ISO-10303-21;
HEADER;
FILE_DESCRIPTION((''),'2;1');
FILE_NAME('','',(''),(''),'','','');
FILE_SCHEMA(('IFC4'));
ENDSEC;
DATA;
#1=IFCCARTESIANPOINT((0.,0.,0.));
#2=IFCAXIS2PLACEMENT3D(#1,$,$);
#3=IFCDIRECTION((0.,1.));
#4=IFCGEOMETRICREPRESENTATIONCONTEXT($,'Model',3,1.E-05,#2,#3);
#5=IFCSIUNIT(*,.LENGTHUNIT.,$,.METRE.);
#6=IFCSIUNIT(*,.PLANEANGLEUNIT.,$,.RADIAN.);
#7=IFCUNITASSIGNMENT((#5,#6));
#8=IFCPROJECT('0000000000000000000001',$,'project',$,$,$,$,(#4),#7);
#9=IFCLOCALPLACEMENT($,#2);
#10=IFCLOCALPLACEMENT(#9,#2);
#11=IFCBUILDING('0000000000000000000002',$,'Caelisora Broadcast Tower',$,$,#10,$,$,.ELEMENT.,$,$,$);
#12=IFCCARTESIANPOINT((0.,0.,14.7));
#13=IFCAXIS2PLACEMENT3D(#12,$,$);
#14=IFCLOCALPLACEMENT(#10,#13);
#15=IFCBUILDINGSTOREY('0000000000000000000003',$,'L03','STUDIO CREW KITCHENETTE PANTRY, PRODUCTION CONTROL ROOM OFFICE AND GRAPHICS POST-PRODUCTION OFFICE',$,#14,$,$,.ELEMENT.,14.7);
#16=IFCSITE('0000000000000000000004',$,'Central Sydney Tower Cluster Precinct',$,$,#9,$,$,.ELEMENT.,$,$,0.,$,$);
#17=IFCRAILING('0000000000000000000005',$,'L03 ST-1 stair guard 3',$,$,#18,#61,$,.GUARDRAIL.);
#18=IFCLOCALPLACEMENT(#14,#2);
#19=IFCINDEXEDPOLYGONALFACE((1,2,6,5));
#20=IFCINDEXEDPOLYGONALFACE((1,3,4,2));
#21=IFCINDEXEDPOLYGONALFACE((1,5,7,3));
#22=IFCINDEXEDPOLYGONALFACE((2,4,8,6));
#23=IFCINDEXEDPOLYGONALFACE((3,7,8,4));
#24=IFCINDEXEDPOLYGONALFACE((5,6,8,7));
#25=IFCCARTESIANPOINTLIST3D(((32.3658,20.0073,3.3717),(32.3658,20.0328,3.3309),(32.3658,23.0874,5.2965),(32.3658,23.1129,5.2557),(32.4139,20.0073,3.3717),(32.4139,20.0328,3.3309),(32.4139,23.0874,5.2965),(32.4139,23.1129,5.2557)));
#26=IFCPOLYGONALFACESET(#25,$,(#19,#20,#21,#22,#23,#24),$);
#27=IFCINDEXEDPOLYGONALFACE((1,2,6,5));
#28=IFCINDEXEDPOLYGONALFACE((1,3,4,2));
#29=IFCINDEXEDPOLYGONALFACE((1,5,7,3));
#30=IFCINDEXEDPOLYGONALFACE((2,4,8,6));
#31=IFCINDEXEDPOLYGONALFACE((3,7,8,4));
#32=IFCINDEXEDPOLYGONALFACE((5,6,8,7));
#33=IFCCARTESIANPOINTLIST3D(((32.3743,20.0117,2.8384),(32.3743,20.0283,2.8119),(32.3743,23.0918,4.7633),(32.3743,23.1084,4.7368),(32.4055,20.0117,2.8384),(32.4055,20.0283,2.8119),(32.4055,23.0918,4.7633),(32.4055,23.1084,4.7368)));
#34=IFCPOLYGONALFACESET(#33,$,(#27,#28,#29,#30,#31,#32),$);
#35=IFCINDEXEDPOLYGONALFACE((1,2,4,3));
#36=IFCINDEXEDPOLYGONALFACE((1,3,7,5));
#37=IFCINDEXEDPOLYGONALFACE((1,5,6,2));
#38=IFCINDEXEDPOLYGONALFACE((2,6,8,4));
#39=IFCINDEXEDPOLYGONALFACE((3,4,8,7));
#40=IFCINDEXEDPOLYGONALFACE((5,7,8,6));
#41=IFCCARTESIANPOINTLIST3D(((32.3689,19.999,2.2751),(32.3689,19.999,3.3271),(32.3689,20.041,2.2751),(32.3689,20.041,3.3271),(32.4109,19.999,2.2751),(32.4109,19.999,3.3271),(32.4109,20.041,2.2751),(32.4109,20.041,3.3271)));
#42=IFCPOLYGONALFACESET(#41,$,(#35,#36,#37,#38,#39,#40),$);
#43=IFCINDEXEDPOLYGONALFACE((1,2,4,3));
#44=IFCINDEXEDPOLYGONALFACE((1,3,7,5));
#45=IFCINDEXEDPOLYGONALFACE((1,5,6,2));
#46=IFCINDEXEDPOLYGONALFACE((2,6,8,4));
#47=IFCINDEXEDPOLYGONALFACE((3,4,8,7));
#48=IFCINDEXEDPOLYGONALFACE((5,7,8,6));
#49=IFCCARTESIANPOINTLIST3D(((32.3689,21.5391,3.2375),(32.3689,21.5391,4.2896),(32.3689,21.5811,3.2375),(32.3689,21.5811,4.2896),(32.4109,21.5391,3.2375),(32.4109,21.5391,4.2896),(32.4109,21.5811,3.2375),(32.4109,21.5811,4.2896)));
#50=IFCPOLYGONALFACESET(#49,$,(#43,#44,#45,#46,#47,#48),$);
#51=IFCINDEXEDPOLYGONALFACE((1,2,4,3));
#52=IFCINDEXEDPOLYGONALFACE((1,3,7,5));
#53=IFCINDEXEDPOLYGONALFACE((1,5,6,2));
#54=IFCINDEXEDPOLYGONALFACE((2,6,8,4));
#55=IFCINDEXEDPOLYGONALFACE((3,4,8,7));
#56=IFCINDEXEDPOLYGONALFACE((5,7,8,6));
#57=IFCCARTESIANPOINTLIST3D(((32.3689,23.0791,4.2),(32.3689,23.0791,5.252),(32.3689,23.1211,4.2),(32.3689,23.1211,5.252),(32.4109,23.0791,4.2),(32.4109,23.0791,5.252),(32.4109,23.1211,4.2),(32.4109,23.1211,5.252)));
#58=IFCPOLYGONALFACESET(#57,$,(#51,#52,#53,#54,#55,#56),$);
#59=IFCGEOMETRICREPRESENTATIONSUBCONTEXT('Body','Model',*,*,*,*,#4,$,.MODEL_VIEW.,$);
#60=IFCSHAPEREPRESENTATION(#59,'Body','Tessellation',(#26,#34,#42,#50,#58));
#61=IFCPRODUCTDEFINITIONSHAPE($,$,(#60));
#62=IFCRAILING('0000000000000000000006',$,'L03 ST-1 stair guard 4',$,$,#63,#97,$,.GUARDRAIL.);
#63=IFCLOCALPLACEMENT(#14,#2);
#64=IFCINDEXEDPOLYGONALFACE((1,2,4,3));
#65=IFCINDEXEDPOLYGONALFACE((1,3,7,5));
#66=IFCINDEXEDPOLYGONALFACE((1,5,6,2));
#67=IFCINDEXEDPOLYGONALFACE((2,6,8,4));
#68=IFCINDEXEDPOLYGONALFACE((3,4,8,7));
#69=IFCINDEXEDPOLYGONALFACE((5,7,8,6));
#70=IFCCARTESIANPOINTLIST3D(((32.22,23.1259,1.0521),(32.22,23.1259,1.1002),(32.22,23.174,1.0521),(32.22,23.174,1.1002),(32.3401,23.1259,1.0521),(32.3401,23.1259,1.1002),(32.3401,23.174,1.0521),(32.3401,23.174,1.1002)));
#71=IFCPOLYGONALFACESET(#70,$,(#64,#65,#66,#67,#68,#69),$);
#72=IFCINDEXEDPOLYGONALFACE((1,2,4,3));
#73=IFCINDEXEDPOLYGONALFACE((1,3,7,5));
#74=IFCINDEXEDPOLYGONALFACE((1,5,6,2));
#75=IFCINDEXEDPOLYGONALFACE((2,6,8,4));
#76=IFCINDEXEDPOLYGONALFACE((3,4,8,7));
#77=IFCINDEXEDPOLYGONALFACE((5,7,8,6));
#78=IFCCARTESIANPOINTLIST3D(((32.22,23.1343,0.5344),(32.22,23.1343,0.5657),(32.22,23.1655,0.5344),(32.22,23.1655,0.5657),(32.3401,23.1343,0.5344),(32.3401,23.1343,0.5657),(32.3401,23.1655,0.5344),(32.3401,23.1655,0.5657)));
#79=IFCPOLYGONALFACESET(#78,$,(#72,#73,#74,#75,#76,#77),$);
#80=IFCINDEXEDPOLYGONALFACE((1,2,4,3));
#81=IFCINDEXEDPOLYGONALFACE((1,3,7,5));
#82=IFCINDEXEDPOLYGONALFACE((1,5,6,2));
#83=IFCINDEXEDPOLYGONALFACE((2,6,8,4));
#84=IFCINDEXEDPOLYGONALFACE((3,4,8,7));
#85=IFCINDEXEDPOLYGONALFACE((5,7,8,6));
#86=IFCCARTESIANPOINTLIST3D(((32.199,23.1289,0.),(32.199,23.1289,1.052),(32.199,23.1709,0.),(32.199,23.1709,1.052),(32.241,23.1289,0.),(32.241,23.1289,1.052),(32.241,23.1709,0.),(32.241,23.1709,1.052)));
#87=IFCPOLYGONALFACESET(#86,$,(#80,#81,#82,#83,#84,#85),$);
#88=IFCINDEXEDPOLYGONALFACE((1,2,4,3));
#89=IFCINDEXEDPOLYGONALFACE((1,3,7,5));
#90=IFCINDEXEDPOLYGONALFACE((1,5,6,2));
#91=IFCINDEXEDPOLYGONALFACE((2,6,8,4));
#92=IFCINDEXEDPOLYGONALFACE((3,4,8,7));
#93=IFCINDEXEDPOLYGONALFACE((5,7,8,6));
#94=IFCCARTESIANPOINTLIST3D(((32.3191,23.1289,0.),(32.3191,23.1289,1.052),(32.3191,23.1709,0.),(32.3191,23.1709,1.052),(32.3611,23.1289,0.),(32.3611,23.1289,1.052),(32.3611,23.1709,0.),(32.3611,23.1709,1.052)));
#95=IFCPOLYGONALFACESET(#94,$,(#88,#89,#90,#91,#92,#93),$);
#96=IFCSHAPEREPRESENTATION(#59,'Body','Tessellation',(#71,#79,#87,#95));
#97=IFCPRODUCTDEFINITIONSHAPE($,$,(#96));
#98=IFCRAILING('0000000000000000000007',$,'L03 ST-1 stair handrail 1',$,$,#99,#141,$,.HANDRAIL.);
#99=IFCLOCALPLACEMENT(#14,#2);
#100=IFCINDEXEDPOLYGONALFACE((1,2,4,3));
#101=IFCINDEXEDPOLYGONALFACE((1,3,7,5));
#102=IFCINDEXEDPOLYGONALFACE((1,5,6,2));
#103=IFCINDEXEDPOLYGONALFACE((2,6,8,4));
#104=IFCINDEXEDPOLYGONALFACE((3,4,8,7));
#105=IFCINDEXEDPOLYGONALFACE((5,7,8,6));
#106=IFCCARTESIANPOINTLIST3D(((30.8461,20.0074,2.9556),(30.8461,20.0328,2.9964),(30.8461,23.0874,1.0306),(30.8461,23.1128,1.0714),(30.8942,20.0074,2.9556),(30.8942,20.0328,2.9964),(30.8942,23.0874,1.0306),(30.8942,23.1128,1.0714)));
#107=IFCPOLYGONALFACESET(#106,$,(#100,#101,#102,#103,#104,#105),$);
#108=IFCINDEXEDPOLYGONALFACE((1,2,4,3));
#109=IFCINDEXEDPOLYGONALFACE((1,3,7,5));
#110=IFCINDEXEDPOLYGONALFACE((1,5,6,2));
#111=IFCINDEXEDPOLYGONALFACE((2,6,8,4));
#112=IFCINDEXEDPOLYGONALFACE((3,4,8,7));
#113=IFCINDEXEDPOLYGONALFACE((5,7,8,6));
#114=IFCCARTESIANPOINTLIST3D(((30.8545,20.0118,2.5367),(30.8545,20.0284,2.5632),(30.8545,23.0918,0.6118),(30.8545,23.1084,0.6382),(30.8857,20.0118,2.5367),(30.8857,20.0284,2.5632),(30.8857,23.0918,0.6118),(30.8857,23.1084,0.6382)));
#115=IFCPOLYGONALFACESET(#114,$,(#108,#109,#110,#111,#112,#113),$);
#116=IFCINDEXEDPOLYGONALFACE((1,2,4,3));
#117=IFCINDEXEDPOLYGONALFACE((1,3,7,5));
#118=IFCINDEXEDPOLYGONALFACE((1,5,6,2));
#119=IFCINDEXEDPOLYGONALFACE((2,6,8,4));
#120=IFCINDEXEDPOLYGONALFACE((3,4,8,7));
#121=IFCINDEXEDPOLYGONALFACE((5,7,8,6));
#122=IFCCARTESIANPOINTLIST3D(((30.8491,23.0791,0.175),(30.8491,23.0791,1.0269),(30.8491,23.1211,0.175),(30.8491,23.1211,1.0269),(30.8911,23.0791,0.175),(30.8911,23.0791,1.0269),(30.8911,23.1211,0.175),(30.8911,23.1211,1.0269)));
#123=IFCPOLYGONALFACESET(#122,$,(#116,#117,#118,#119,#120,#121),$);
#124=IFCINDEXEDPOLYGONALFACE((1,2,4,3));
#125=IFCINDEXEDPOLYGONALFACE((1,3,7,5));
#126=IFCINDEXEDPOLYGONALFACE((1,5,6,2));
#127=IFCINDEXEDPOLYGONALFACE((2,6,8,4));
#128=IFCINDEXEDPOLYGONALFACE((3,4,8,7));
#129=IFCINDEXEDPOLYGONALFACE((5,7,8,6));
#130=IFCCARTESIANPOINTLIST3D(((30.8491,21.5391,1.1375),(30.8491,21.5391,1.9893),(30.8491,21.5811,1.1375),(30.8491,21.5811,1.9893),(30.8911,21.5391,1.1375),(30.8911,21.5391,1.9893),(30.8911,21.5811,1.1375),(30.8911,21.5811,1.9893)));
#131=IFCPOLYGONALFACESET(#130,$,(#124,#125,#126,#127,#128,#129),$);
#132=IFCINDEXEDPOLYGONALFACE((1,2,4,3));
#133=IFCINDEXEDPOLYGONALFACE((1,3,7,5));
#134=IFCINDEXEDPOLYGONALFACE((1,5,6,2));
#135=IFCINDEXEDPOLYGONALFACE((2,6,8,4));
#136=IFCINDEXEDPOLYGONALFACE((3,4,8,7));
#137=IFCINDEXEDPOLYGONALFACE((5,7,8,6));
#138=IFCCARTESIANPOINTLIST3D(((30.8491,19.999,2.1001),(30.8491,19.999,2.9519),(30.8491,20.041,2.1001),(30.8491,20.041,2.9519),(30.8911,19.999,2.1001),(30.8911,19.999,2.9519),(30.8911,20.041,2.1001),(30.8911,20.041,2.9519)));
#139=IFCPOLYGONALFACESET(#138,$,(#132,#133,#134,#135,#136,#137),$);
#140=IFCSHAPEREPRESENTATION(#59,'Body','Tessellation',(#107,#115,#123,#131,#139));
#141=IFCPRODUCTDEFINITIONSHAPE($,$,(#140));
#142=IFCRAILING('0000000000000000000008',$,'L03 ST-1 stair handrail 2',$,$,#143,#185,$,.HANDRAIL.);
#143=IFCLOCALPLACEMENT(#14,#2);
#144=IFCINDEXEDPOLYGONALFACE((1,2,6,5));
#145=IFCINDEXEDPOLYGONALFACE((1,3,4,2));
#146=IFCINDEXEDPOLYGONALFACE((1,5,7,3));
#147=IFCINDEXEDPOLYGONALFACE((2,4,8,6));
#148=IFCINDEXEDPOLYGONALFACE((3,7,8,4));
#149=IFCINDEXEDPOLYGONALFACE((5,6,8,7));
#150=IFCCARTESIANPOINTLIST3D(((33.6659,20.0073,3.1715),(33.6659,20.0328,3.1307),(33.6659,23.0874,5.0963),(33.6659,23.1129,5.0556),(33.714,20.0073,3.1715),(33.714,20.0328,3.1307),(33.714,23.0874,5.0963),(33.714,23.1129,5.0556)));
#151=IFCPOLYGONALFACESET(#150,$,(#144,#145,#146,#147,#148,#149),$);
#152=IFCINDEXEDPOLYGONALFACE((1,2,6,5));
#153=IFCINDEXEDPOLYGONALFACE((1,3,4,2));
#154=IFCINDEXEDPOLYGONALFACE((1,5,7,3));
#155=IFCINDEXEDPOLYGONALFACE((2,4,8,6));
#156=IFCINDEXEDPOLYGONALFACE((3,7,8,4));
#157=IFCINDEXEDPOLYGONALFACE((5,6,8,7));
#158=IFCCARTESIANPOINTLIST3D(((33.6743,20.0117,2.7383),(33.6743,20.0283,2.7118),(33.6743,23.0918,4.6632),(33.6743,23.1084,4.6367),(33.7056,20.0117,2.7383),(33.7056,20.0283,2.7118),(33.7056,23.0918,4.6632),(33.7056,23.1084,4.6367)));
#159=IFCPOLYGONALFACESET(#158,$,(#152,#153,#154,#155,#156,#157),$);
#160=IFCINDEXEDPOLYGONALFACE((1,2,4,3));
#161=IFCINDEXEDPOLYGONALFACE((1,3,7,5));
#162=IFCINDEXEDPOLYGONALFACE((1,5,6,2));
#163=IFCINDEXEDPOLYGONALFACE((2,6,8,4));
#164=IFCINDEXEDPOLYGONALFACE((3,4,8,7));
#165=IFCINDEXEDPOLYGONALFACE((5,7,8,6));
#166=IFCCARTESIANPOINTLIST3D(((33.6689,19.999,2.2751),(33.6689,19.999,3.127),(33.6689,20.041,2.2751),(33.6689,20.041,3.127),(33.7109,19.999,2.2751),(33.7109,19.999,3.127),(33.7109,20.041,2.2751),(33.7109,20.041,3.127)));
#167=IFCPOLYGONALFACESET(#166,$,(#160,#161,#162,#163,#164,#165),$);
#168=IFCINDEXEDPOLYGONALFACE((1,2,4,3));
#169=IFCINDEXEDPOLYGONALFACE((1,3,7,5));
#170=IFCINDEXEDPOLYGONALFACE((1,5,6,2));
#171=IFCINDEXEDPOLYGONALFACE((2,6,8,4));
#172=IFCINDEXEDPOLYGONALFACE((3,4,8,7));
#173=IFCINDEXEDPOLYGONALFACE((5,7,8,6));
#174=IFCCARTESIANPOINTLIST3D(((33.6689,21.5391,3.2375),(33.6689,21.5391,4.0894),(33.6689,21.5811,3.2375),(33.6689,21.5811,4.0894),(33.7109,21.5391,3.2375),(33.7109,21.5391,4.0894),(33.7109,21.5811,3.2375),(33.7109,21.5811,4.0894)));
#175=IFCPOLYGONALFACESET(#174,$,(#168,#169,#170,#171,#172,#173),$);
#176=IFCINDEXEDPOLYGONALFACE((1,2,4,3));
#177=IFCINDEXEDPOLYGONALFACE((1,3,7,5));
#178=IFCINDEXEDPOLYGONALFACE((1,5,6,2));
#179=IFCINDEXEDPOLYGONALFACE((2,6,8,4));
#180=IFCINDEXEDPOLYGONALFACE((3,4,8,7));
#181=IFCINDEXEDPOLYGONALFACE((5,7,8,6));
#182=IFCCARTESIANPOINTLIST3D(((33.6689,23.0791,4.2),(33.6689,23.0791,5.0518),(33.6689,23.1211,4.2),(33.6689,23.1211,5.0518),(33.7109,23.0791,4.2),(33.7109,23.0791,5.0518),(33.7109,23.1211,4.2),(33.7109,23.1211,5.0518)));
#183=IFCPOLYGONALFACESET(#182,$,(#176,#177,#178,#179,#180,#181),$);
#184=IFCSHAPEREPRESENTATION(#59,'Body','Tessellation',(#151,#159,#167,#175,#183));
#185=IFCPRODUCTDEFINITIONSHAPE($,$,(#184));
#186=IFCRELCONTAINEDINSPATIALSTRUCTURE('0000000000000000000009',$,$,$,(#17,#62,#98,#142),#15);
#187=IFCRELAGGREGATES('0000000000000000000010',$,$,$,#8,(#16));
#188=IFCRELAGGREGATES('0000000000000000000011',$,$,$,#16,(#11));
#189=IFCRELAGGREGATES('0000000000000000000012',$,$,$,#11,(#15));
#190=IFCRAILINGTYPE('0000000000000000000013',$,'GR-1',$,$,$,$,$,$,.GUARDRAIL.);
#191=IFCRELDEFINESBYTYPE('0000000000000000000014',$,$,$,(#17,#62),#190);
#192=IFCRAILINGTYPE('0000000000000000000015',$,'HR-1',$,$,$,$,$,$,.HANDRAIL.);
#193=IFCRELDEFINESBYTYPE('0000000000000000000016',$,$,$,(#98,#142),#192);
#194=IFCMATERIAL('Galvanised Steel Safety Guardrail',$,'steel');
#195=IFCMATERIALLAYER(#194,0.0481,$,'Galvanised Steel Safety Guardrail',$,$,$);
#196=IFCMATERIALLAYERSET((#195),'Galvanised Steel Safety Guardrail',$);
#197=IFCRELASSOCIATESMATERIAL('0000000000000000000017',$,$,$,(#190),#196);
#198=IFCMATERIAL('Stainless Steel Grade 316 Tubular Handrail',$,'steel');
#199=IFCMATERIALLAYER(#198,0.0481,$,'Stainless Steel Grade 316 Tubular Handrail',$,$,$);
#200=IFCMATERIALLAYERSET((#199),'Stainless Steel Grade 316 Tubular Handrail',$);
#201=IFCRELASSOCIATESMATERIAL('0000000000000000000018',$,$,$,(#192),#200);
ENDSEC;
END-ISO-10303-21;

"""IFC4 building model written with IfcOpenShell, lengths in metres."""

from ifc_helpers import new_model, si_unit, direction, frame, origin, origin_2d, place, context, subcontext, project, spatial, rectangle, extrude, material, layer, layer_set, type_object, element, save


model = new_model("IFC4")

# Units and contexts
model_context = context("Model", 3, precision=1e-05, world=origin(), true_north=direction((0.0, 1.0)))
body_context = subcontext(model_context, "Body", "Model", "MODEL_VIEW")
ifc_project = project(units=[si_unit("LENGTHUNIT", "METRE"), si_unit("PLANEANGLEUNIT", "RADIAN")], contexts=[model_context])

# Site, building, storey
site_placement = place(None, origin())
site = spatial("IfcSite", under=ifc_project, at=site_placement, Name="Central Sydney Tower Cluster Precinct", CompositionType="ELEMENT", RefElevation=0.0)
building_placement = place(site_placement, origin())
building = spatial("IfcBuilding", under=site, at=building_placement, Name="Caelisora Broadcast Tower", CompositionType="ELEMENT")
storey_placement = place(building_placement, frame((0.0, 0.0, 14.7)))
storey = spatial("IfcBuildingStorey", under=building, at=storey_placement, Name="L03", Description="STUDIO CREW KITCHENETTE PANTRY, PRODUCTION CONTROL ROOM OFFICE AND GRAPHICS POST-PRODUCTION OFFICE", CompositionType="ELEMENT", Elevation=14.7)

# Railings
ifc_material_1 = material(Name="Galvanised Steel Safety Guardrail", Category="steel")
ifc_layer_1 = layer(ifc_material_1, 0.0481, Name="Galvanised Steel Safety Guardrail")
ifc_layer_set_1 = layer_set([ifc_layer_1], Name="Galvanised Steel Safety Guardrail")
railing_type_1 = type_object("IfcRailingType", Name="GR-1", PredefinedType="GUARDRAIL", material=ifc_layer_set_1)
railing_1_placement = place(storey_placement, frame((32.3899, 20.02, 2.2751)))
element("IfcRailing", 1, at=railing_1_placement, inside=storey, type_object=railing_type_1, Name="L03 ST-1 stair guard 3", PredefinedType="GUARDRAIL", context=body_context, shape_type="SweptSolid", body=[
    extrude(rectangle(XDim=0.0481, YDim=0.0481, at=origin_2d()), frame((0.0, 0.0, 1.0762), z_axis=(0.0, 0.848029, 0.529951), x_axis=(-1.0, 0.0, 0.0)), (0.0, 0.0, 1.0), 3.6321),
    extrude(rectangle(XDim=0.0312, YDim=0.0312, at=origin_2d()), frame((0.0, 0.0, 0.55), z_axis=(0.0, 0.848029, 0.529951), x_axis=(-1.0, 0.0, 0.0)), (0.0, 0.0, 1.0), 3.6321),
    extrude(rectangle(XDim=0.042, YDim=0.042, at=origin_2d()), origin(), (0.0, 0.0, 1.0), 1.052),
    extrude(rectangle(XDim=0.042, YDim=0.042, at=origin_2d()), frame((0.0, 1.54, 0.9624)), (0.0, 0.0, 1.0), 1.052),
    extrude(rectangle(XDim=0.042, YDim=0.042, at=origin_2d()), frame((0.0, 3.0801, 1.9248)), (0.0, 0.0, 1.0), 1.052),
])
railing_2_placement = place(storey_placement, frame((32.22, 23.1499, 0.0)))
element("IfcRailing", 2, at=railing_2_placement, inside=storey, type_object=railing_type_1, Name="L03 ST-1 stair guard 4", PredefinedType="GUARDRAIL", context=body_context, shape_type="SweptSolid", body=[
    extrude(rectangle(XDim=0.0481, YDim=0.0481, at=origin_2d()), frame((0.0, 0.0, 1.0762), z_axis=(1.0, 0.0, 0.0), x_axis=(0.0, 1.0, 0.0)), (0.0, 0.0, 1.0), 0.1201),
    extrude(rectangle(XDim=0.0312, YDim=0.0312, at=origin_2d()), frame((0.0, 0.0, 0.55), z_axis=(1.0, 0.0, 0.0), x_axis=(0.0, 1.0, 0.0)), (0.0, 0.0, 1.0), 0.1201),
    extrude(rectangle(XDim=0.042, YDim=0.042, at=origin_2d()), origin(), (0.0, 0.0, 1.0), 1.052),
    extrude(rectangle(XDim=0.042, YDim=0.042, at=origin_2d()), frame((0.1201, 0.0, 0.0)), (0.0, 0.0, 1.0), 1.052),
])
ifc_material_2 = material(Name="Stainless Steel Grade 316 Tubular Handrail", Category="steel")
ifc_layer_2 = layer(ifc_material_2, 0.0481, Name="Stainless Steel Grade 316 Tubular Handrail")
ifc_layer_set_2 = layer_set([ifc_layer_2], Name="Stainless Steel Grade 316 Tubular Handrail")
railing_type_2 = type_object("IfcRailingType", Name="HR-1", PredefinedType="HANDRAIL", material=ifc_layer_set_2)
railing_3_placement = place(storey_placement, frame((30.8701, 23.1001, 0.175)))
element("IfcRailing", 3, at=railing_3_placement, inside=storey, type_object=railing_type_2, Name="L03 ST-1 stair handrail 1", PredefinedType="HANDRAIL", context=body_context, shape_type="SweptSolid", body=[
    extrude(rectangle(XDim=0.0481, YDim=0.0481, at=origin_2d()), frame((0.0, 0.0, 0.876), z_axis=(0.0, -0.847998, 0.529999), x_axis=(1.0, 0.0, 0.0)), (0.0, 0.0, 1.0), 3.6321),
    extrude(rectangle(XDim=0.0312, YDim=0.0312, at=origin_2d()), frame((0.0, 0.0, 0.45), z_axis=(0.0, -0.847998, 0.529999), x_axis=(1.0, 0.0, 0.0)), (0.0, 0.0, 1.0), 3.6321),
    extrude(rectangle(XDim=0.042, YDim=0.042, at=origin_2d()), origin(), (0.0, 0.0, 1.0), 0.8518),
    extrude(rectangle(XDim=0.042, YDim=0.042, at=origin_2d()), frame((0.0, -1.54, 0.9624)), (0.0, 0.0, 1.0), 0.8518),
    extrude(rectangle(XDim=0.042, YDim=0.042, at=origin_2d()), frame((0.0, -3.0801, 1.925)), (0.0, 0.0, 1.0), 0.8518),
])
railing_4_placement = place(storey_placement, frame((33.6899, 20.02, 2.2751)))
element("IfcRailing", 4, at=railing_4_placement, inside=storey, type_object=railing_type_2, Name="L03 ST-1 stair handrail 2", PredefinedType="HANDRAIL", context=body_context, shape_type="SweptSolid", body=[
    extrude(rectangle(XDim=0.0481, YDim=0.0481, at=origin_2d()), frame((0.0, 0.0, 0.876), z_axis=(0.0, 0.848029, 0.529951), x_axis=(-1.0, 0.0, 0.0)), (0.0, 0.0, 1.0), 3.6321),
    extrude(rectangle(XDim=0.0312, YDim=0.0312, at=origin_2d()), frame((0.0, 0.0, 0.45), z_axis=(0.0, 0.848029, 0.529951), x_axis=(-1.0, 0.0, 0.0)), (0.0, 0.0, 1.0), 3.6321),
    extrude(rectangle(XDim=0.042, YDim=0.042, at=origin_2d()), origin(), (0.0, 0.0, 1.0), 0.8518),
    extrude(rectangle(XDim=0.042, YDim=0.042, at=origin_2d()), frame((0.0, 1.54, 0.9624)), (0.0, 0.0, 1.0), 0.8518),
    extrude(rectangle(XDim=0.042, YDim=0.042, at=origin_2d()), frame((0.0, 3.0801, 1.9248)), (0.0, 0.0, 1.0), 0.8518),
])

save(model, "model.ifc")
